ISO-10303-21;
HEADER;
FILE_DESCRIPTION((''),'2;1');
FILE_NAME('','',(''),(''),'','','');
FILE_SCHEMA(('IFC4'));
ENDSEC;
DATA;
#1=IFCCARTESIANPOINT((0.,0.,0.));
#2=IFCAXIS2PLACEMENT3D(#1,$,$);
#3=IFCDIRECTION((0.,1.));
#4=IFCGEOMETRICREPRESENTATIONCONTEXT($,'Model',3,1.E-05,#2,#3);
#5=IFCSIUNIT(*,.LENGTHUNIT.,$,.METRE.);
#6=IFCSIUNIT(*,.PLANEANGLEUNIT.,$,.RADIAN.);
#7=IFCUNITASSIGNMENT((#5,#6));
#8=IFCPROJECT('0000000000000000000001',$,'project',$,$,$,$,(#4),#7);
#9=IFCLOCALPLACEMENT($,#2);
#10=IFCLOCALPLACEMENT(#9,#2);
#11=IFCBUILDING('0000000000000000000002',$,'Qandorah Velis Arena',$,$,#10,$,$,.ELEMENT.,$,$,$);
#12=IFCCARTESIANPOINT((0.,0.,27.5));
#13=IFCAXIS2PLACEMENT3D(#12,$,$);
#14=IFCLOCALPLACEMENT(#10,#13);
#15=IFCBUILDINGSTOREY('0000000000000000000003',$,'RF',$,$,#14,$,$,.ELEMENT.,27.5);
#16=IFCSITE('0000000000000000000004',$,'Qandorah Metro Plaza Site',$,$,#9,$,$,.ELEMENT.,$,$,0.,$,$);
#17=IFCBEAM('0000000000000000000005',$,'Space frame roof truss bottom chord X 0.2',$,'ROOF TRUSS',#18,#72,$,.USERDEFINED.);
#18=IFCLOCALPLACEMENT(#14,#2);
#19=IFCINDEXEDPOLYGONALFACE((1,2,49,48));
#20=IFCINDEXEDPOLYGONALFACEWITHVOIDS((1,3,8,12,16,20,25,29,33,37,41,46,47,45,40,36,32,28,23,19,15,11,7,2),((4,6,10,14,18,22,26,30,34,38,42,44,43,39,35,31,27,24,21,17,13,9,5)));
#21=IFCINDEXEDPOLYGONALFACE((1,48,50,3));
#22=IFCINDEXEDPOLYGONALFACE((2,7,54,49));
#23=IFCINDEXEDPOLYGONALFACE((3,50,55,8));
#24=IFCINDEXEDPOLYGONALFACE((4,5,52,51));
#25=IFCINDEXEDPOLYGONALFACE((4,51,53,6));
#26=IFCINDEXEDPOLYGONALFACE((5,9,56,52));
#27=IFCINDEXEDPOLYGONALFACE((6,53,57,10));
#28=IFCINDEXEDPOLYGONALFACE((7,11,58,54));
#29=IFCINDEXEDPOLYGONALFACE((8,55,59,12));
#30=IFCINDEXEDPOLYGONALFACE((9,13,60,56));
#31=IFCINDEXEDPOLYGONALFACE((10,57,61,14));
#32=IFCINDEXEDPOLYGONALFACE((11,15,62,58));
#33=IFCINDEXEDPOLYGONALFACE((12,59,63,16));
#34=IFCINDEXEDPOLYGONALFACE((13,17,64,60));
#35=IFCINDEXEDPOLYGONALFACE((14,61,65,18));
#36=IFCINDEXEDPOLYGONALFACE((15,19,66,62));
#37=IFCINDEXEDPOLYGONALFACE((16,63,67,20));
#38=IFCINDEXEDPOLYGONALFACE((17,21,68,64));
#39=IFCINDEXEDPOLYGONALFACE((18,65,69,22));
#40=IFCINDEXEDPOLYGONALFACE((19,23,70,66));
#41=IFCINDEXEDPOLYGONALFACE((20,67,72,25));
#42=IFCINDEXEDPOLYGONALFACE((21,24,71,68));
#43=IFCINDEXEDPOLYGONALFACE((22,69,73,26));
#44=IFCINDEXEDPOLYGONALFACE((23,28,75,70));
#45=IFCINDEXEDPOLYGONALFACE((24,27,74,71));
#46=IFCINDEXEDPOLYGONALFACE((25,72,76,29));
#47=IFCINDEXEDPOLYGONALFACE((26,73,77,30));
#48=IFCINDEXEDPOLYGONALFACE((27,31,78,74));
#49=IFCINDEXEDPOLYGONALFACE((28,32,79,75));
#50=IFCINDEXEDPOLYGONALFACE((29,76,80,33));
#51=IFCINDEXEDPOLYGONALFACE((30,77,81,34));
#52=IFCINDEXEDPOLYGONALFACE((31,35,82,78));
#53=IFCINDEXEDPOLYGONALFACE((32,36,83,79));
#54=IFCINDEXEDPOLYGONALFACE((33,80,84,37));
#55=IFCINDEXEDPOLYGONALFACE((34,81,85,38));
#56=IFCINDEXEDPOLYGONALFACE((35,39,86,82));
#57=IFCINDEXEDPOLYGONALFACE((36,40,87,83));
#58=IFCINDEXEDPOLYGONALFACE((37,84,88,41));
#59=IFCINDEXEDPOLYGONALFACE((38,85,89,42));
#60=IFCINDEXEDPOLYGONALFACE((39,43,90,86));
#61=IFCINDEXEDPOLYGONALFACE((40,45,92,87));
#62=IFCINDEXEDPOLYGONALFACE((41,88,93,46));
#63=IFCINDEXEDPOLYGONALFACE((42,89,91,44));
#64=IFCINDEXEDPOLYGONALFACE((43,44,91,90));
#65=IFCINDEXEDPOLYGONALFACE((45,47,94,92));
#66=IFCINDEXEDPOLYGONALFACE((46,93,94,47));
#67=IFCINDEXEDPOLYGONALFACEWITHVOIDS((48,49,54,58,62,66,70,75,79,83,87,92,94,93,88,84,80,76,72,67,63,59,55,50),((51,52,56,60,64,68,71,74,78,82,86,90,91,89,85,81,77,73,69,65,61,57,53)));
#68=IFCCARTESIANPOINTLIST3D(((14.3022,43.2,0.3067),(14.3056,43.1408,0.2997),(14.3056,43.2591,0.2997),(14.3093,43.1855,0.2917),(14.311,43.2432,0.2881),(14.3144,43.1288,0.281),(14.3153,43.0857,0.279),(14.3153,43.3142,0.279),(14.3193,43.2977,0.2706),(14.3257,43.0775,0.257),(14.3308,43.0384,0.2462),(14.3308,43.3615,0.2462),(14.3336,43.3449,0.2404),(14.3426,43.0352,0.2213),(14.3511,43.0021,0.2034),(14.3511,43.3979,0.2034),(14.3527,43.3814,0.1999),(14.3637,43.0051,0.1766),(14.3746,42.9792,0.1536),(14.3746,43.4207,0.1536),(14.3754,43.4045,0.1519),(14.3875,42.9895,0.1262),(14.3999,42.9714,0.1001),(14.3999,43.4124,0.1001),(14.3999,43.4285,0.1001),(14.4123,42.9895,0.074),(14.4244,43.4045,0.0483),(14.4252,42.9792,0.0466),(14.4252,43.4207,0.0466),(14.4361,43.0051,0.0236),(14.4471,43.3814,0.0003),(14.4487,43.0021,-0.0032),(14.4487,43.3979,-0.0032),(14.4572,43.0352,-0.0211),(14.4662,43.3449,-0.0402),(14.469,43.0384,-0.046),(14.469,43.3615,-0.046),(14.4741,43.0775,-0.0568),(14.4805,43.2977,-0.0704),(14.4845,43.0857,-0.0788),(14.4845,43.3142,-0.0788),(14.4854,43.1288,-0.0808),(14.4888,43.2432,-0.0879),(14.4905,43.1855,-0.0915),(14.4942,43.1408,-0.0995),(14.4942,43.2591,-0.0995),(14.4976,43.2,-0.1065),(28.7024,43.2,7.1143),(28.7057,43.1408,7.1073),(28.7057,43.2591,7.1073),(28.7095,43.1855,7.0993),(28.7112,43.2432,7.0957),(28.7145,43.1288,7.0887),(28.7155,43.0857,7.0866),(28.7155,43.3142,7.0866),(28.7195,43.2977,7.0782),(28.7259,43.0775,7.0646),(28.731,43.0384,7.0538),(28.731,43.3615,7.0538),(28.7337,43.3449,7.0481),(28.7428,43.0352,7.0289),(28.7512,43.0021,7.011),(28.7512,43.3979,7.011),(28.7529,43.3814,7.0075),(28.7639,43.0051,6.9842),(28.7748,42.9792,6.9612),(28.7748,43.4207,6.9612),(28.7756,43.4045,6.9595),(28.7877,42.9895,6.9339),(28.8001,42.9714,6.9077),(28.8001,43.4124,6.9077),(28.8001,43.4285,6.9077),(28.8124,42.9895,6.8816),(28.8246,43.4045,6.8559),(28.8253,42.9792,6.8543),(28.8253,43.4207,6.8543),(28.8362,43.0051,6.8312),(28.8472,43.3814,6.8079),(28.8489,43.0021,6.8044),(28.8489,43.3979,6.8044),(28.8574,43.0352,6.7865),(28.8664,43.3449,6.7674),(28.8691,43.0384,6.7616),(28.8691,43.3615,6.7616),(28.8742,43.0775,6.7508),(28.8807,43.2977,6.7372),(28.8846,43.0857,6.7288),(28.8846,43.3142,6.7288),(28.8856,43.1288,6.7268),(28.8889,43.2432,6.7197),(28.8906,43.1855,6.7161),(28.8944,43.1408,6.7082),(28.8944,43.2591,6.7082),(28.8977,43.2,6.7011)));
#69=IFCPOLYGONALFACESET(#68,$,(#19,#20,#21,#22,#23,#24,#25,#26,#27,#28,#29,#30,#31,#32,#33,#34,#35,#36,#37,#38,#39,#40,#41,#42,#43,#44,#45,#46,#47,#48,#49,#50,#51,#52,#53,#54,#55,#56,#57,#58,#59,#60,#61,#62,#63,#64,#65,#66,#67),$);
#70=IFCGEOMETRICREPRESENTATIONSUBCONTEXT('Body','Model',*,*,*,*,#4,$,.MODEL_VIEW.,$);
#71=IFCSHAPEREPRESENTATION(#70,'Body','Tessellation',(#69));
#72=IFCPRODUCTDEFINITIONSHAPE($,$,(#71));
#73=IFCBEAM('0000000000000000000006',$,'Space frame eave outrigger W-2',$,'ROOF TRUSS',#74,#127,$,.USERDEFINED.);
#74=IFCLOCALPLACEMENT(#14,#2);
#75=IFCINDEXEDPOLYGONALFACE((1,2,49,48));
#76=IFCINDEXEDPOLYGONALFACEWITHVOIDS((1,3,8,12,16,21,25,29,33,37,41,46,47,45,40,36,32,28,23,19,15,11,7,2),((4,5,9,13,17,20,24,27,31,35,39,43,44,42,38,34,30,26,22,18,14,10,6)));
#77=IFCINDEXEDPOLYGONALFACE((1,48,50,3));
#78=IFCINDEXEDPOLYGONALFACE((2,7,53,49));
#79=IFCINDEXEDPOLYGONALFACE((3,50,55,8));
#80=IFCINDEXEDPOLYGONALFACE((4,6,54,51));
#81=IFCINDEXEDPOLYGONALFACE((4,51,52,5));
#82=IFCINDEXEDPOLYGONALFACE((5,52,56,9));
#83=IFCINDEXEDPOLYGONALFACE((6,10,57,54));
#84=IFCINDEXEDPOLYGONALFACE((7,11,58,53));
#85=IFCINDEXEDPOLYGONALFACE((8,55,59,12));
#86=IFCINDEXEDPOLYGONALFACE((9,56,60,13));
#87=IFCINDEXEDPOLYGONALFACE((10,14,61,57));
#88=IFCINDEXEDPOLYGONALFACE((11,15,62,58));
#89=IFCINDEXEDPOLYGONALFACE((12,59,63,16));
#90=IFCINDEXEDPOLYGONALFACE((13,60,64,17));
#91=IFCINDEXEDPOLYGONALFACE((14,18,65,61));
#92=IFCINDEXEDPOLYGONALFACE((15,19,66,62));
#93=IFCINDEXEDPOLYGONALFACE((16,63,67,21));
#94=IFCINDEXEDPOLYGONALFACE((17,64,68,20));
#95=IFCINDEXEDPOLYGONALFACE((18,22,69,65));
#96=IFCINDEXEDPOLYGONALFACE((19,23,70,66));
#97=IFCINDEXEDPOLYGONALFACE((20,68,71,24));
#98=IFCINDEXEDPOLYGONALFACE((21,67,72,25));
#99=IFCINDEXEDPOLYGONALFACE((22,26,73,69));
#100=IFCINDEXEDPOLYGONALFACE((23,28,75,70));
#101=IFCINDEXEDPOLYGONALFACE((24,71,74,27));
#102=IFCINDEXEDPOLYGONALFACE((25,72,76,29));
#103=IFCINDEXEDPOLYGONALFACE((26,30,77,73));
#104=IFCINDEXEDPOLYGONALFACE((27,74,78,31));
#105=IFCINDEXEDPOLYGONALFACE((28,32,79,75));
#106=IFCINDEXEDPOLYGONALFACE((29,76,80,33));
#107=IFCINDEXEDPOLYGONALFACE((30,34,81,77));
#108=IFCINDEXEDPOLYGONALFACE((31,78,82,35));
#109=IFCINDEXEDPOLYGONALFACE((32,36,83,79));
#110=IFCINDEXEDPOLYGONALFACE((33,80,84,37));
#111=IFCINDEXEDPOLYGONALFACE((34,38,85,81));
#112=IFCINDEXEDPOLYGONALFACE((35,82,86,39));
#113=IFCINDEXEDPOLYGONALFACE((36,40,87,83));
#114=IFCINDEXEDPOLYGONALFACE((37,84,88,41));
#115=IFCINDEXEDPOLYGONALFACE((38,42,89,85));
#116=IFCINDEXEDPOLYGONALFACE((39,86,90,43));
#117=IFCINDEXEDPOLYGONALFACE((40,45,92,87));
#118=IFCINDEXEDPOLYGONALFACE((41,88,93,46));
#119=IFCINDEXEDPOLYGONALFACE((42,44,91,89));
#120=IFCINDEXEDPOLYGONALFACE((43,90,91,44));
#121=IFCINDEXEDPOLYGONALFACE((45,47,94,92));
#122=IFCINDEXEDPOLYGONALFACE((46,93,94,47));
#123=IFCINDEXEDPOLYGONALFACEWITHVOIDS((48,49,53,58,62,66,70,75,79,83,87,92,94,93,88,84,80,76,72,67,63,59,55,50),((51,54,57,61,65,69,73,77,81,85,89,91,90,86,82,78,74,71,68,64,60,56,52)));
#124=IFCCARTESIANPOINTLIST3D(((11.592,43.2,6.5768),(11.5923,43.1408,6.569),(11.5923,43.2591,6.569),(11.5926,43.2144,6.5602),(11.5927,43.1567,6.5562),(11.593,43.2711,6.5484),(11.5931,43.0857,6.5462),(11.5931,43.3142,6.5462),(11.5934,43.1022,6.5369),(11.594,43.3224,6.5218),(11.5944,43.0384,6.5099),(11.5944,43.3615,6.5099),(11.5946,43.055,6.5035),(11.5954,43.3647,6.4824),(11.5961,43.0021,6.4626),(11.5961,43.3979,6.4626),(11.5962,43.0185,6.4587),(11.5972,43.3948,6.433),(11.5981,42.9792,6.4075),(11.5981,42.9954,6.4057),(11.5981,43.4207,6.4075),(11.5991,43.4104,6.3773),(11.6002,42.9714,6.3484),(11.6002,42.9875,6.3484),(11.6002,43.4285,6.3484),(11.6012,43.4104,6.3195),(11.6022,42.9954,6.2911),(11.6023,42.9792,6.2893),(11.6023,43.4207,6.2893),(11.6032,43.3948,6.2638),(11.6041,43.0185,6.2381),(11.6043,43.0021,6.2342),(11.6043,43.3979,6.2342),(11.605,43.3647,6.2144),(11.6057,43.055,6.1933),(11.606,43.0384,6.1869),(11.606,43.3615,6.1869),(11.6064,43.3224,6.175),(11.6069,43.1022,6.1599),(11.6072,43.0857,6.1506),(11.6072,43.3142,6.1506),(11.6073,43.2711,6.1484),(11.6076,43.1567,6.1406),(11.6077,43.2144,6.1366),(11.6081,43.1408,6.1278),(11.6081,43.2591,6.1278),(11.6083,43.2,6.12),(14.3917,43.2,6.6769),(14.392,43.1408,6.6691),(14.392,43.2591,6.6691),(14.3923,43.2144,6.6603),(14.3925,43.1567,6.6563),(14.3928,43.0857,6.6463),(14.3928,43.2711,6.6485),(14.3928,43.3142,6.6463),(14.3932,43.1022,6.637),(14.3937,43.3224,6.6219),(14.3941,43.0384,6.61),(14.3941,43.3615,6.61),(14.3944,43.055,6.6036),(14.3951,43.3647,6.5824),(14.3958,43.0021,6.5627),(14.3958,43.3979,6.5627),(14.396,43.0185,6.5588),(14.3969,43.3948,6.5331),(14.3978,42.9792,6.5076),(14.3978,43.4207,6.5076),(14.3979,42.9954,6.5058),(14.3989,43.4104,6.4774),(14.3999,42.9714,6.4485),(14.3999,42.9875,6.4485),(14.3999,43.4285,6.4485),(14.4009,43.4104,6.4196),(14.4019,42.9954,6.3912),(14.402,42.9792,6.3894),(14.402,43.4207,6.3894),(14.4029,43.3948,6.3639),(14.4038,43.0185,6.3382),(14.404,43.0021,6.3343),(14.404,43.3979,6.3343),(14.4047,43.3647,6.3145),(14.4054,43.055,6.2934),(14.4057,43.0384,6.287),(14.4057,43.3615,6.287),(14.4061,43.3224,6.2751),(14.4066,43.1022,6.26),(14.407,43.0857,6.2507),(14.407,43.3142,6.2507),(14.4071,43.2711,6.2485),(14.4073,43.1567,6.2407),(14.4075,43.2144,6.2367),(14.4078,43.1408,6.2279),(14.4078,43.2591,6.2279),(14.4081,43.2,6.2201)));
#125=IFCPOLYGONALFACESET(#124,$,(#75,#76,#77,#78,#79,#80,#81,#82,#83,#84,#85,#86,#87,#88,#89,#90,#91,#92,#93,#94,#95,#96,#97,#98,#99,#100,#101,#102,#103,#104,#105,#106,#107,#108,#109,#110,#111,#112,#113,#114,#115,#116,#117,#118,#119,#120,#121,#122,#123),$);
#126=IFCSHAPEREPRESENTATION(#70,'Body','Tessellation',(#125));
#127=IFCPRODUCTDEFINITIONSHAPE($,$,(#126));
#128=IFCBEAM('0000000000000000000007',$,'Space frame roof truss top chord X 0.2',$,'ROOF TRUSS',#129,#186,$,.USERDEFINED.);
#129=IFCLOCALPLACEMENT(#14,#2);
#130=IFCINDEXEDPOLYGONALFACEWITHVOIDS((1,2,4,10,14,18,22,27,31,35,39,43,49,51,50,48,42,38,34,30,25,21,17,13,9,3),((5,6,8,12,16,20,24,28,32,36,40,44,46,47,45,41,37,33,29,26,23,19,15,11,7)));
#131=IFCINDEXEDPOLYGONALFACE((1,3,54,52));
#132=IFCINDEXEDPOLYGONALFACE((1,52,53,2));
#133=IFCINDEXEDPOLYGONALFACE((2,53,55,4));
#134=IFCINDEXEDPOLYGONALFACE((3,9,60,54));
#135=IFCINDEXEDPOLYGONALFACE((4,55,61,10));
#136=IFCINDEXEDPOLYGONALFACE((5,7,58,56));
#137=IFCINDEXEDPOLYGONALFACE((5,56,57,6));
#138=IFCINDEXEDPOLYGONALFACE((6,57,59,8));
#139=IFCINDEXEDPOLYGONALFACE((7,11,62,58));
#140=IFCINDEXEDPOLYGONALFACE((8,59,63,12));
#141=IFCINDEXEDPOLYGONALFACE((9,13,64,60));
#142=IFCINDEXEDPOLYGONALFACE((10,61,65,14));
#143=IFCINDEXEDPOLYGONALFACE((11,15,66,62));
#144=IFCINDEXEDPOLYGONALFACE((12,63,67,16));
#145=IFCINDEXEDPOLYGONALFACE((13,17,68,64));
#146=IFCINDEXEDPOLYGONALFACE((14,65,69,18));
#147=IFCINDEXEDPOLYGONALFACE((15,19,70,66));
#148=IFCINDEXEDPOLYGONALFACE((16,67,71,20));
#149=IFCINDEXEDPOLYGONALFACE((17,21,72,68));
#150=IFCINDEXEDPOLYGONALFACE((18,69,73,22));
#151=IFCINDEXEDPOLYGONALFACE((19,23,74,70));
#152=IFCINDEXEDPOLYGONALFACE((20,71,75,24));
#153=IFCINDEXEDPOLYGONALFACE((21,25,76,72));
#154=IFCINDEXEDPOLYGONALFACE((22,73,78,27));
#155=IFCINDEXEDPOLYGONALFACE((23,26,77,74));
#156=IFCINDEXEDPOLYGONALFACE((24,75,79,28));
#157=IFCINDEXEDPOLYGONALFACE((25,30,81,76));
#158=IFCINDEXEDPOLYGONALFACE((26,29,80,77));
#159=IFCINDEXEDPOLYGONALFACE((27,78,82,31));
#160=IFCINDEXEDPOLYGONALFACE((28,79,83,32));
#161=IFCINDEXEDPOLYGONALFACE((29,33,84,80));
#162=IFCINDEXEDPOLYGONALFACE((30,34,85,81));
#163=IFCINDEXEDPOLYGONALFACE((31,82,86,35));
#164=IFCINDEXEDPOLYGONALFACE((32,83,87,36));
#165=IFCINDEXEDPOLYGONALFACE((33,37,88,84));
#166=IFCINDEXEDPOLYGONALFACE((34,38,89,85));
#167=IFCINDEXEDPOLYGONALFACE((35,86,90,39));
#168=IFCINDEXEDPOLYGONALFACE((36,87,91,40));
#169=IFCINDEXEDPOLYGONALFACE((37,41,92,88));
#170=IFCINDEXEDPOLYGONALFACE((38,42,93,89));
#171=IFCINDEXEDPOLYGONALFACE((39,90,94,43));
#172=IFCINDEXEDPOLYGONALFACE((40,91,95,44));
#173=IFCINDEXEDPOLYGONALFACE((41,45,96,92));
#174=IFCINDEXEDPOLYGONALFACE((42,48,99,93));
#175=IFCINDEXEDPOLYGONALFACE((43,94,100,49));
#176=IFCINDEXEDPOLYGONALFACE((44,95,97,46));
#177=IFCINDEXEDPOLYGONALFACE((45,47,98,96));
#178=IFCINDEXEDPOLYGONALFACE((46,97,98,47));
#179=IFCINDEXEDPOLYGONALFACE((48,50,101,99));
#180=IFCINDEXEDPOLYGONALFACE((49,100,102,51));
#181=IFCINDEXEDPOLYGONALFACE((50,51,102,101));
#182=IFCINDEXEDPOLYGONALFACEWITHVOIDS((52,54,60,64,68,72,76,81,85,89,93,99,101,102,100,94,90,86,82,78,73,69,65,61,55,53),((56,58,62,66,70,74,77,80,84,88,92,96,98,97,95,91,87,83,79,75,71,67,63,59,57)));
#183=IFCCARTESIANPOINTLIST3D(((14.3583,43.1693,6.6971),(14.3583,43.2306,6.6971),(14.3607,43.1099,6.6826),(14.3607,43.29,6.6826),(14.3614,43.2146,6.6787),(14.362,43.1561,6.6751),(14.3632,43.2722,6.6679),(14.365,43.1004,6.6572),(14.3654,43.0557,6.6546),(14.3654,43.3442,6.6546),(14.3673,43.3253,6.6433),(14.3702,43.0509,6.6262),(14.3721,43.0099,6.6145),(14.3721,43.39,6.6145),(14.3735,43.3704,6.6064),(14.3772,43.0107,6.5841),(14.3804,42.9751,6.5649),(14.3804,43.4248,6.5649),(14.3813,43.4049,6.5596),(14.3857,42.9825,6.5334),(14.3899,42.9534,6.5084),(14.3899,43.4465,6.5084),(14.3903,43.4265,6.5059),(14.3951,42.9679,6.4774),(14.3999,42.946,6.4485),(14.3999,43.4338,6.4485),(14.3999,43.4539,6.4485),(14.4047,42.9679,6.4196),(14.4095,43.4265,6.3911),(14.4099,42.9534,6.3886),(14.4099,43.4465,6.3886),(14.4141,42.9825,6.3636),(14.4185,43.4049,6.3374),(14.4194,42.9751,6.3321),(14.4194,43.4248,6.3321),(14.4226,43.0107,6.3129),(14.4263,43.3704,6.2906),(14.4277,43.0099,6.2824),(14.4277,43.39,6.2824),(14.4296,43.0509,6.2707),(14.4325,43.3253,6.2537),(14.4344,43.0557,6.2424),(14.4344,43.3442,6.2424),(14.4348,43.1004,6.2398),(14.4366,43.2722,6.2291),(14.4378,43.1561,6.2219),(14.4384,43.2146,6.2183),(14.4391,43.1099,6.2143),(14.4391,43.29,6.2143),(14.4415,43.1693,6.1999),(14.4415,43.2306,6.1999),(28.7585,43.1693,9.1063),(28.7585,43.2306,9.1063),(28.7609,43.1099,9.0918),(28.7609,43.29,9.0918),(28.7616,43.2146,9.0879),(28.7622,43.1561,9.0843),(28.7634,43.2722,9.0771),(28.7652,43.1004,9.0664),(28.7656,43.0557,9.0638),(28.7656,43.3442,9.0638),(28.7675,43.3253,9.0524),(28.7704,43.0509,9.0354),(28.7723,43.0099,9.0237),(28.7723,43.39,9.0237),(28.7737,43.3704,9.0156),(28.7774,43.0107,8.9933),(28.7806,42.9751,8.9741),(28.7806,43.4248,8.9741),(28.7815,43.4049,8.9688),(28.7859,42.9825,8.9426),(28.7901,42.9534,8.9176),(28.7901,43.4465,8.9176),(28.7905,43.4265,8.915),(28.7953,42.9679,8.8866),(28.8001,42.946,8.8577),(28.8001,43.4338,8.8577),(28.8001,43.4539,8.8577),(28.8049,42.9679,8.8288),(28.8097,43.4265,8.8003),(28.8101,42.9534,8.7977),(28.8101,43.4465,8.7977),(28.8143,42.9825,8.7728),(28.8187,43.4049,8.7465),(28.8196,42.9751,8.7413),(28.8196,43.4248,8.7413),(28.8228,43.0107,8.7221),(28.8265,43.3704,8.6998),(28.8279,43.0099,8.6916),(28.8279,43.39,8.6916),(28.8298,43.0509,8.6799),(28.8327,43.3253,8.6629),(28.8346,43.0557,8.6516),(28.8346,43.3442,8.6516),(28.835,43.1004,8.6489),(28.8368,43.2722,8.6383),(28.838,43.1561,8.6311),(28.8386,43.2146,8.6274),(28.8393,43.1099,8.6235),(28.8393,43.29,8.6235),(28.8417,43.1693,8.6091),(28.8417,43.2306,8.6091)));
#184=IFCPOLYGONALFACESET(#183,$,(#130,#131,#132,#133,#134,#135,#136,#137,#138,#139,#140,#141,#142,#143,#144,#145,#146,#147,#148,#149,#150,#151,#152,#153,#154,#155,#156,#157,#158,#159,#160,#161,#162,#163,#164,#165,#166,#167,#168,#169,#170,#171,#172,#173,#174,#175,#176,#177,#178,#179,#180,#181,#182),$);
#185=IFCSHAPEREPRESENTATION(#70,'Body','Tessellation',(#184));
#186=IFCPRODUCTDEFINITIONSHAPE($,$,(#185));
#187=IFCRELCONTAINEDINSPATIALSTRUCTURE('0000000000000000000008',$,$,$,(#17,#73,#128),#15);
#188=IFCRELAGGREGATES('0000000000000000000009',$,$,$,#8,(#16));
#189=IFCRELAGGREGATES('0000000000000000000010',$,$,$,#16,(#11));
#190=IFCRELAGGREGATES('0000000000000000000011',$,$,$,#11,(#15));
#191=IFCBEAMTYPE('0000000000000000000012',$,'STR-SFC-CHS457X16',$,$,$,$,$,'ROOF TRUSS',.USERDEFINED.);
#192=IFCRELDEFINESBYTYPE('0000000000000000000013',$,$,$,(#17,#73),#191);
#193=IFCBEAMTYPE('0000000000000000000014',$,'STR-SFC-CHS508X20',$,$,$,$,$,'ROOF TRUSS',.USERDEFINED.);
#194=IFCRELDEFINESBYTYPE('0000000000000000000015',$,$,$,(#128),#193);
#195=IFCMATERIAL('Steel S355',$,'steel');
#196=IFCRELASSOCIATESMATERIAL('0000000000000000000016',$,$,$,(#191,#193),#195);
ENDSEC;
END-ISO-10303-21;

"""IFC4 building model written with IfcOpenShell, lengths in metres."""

from ifc_helpers import new_model, si_unit, direction, frame, origin, origin_2d, place, context, subcontext, project, spatial, hollow_circle, extrude, material, material_profile, profile_set, type_object, element, save


model = new_model("IFC4")

# Units and contexts
model_context = context("Model", 3, precision=1e-05, world=origin(), true_north=direction((0.0, 1.0)))
body_context = subcontext(model_context, "Body", "Model", "MODEL_VIEW")
ifc_project = project(units=[si_unit("LENGTHUNIT", "METRE"), si_unit("PLANEANGLEUNIT", "RADIAN")], contexts=[model_context])

# Site, building, storey
site_placement = place(None, origin())
site = spatial("IfcSite", under=ifc_project, at=site_placement, Name="Qandorah Metro Plaza Site", CompositionType="ELEMENT", RefElevation=0.0)
building_placement = place(site_placement, origin())
building = spatial("IfcBuilding", under=site, at=building_placement, Name="Qandorah Velis Arena", CompositionType="ELEMENT")
storey_placement = place(building_placement, frame((0.0, 0.0, 27.5)))
storey = spatial("IfcBuildingStorey", under=building, at=storey_placement, Name="RF", CompositionType="ELEMENT", Elevation=27.5)

# Beams
ifc_material_1 = material(Name="Steel S355", Category="steel")
ifc_material_profile_1 = material_profile(ifc_material_1, hollow_circle(Radius=0.2285, WallThickness=0.0161, at=origin_2d()), Name="CHS 457x16")
ifc_profile_set_1 = profile_set([ifc_material_profile_1], Name="Steel S355")
beam_type_1 = type_object("IfcBeamType", Name="STR-SFC-CHS457X16", ElementType="ROOF TRUSS", PredefinedType="USERDEFINED", material=ifc_profile_set_1)
beam_1_placement = place(storey_placement, frame((14.3999, 43.2, 0.1001), z_axis=(0.904066, 0.0, 0.427394), x_axis=(0.0, 1.0, 0.0)))
element("IfcBeam", 1, at=beam_1_placement, inside=storey, type_object=beam_type_1, Name="Space frame roof truss bottom chord X 0.2", ObjectType="ROOF TRUSS", PredefinedType="USERDEFINED", context=body_context, shape_type="SweptSolid", body=[
    extrude(hollow_circle(Radius=0.2285, WallThickness=0.0161, at=origin_2d()), origin(), (0.0, 0.0, 1.0), 15.9282),
])
beam_2_placement = place(storey_placement, frame((14.3999, 43.2, 6.4485), z_axis=(-0.999362, 0.0, -0.035729), x_axis=(0.0, -1.0, 0.0)))
element("IfcBeam", 2, at=beam_2_placement, inside=storey, type_object=beam_type_1, Name="Space frame eave outrigger W-2", ObjectType="ROOF TRUSS", PredefinedType="USERDEFINED", context=body_context, shape_type="SweptSolid", body=[
    extrude(hollow_circle(Radius=0.2285, WallThickness=0.0161, at=origin_2d()), origin(), (0.0, 0.0, 1.0), 2.8015),
])
ifc_material_profile_2 = material_profile(ifc_material_1, hollow_circle(Radius=0.2539, WallThickness=0.02, at=origin_2d()), Name="CHS 508x20")
ifc_profile_set_2 = profile_set([ifc_material_profile_2], Name="Steel S355")
beam_type_2 = type_object("IfcBeamType", Name="STR-SFC-CHS508X20", ElementType="ROOF TRUSS", PredefinedType="USERDEFINED", material=ifc_profile_set_2)
beam_3_placement = place(storey_placement, frame((14.3999, 43.2, 6.4485), z_axis=(0.986292, 0.0, 0.165009), x_axis=(0.0, 1.0, 0.0)))
element("IfcBeam", 3, at=beam_3_placement, inside=storey, type_object=beam_type_2, Name="Space frame roof truss top chord X 0.2", ObjectType="ROOF TRUSS", PredefinedType="USERDEFINED", context=body_context, shape_type="SweptSolid", body=[
    extrude(hollow_circle(Radius=0.2539, WallThickness=0.02, at=origin_2d()), origin(), (0.0, 0.0, 1.0), 14.6003),
])

save(model, "model.ifc")
